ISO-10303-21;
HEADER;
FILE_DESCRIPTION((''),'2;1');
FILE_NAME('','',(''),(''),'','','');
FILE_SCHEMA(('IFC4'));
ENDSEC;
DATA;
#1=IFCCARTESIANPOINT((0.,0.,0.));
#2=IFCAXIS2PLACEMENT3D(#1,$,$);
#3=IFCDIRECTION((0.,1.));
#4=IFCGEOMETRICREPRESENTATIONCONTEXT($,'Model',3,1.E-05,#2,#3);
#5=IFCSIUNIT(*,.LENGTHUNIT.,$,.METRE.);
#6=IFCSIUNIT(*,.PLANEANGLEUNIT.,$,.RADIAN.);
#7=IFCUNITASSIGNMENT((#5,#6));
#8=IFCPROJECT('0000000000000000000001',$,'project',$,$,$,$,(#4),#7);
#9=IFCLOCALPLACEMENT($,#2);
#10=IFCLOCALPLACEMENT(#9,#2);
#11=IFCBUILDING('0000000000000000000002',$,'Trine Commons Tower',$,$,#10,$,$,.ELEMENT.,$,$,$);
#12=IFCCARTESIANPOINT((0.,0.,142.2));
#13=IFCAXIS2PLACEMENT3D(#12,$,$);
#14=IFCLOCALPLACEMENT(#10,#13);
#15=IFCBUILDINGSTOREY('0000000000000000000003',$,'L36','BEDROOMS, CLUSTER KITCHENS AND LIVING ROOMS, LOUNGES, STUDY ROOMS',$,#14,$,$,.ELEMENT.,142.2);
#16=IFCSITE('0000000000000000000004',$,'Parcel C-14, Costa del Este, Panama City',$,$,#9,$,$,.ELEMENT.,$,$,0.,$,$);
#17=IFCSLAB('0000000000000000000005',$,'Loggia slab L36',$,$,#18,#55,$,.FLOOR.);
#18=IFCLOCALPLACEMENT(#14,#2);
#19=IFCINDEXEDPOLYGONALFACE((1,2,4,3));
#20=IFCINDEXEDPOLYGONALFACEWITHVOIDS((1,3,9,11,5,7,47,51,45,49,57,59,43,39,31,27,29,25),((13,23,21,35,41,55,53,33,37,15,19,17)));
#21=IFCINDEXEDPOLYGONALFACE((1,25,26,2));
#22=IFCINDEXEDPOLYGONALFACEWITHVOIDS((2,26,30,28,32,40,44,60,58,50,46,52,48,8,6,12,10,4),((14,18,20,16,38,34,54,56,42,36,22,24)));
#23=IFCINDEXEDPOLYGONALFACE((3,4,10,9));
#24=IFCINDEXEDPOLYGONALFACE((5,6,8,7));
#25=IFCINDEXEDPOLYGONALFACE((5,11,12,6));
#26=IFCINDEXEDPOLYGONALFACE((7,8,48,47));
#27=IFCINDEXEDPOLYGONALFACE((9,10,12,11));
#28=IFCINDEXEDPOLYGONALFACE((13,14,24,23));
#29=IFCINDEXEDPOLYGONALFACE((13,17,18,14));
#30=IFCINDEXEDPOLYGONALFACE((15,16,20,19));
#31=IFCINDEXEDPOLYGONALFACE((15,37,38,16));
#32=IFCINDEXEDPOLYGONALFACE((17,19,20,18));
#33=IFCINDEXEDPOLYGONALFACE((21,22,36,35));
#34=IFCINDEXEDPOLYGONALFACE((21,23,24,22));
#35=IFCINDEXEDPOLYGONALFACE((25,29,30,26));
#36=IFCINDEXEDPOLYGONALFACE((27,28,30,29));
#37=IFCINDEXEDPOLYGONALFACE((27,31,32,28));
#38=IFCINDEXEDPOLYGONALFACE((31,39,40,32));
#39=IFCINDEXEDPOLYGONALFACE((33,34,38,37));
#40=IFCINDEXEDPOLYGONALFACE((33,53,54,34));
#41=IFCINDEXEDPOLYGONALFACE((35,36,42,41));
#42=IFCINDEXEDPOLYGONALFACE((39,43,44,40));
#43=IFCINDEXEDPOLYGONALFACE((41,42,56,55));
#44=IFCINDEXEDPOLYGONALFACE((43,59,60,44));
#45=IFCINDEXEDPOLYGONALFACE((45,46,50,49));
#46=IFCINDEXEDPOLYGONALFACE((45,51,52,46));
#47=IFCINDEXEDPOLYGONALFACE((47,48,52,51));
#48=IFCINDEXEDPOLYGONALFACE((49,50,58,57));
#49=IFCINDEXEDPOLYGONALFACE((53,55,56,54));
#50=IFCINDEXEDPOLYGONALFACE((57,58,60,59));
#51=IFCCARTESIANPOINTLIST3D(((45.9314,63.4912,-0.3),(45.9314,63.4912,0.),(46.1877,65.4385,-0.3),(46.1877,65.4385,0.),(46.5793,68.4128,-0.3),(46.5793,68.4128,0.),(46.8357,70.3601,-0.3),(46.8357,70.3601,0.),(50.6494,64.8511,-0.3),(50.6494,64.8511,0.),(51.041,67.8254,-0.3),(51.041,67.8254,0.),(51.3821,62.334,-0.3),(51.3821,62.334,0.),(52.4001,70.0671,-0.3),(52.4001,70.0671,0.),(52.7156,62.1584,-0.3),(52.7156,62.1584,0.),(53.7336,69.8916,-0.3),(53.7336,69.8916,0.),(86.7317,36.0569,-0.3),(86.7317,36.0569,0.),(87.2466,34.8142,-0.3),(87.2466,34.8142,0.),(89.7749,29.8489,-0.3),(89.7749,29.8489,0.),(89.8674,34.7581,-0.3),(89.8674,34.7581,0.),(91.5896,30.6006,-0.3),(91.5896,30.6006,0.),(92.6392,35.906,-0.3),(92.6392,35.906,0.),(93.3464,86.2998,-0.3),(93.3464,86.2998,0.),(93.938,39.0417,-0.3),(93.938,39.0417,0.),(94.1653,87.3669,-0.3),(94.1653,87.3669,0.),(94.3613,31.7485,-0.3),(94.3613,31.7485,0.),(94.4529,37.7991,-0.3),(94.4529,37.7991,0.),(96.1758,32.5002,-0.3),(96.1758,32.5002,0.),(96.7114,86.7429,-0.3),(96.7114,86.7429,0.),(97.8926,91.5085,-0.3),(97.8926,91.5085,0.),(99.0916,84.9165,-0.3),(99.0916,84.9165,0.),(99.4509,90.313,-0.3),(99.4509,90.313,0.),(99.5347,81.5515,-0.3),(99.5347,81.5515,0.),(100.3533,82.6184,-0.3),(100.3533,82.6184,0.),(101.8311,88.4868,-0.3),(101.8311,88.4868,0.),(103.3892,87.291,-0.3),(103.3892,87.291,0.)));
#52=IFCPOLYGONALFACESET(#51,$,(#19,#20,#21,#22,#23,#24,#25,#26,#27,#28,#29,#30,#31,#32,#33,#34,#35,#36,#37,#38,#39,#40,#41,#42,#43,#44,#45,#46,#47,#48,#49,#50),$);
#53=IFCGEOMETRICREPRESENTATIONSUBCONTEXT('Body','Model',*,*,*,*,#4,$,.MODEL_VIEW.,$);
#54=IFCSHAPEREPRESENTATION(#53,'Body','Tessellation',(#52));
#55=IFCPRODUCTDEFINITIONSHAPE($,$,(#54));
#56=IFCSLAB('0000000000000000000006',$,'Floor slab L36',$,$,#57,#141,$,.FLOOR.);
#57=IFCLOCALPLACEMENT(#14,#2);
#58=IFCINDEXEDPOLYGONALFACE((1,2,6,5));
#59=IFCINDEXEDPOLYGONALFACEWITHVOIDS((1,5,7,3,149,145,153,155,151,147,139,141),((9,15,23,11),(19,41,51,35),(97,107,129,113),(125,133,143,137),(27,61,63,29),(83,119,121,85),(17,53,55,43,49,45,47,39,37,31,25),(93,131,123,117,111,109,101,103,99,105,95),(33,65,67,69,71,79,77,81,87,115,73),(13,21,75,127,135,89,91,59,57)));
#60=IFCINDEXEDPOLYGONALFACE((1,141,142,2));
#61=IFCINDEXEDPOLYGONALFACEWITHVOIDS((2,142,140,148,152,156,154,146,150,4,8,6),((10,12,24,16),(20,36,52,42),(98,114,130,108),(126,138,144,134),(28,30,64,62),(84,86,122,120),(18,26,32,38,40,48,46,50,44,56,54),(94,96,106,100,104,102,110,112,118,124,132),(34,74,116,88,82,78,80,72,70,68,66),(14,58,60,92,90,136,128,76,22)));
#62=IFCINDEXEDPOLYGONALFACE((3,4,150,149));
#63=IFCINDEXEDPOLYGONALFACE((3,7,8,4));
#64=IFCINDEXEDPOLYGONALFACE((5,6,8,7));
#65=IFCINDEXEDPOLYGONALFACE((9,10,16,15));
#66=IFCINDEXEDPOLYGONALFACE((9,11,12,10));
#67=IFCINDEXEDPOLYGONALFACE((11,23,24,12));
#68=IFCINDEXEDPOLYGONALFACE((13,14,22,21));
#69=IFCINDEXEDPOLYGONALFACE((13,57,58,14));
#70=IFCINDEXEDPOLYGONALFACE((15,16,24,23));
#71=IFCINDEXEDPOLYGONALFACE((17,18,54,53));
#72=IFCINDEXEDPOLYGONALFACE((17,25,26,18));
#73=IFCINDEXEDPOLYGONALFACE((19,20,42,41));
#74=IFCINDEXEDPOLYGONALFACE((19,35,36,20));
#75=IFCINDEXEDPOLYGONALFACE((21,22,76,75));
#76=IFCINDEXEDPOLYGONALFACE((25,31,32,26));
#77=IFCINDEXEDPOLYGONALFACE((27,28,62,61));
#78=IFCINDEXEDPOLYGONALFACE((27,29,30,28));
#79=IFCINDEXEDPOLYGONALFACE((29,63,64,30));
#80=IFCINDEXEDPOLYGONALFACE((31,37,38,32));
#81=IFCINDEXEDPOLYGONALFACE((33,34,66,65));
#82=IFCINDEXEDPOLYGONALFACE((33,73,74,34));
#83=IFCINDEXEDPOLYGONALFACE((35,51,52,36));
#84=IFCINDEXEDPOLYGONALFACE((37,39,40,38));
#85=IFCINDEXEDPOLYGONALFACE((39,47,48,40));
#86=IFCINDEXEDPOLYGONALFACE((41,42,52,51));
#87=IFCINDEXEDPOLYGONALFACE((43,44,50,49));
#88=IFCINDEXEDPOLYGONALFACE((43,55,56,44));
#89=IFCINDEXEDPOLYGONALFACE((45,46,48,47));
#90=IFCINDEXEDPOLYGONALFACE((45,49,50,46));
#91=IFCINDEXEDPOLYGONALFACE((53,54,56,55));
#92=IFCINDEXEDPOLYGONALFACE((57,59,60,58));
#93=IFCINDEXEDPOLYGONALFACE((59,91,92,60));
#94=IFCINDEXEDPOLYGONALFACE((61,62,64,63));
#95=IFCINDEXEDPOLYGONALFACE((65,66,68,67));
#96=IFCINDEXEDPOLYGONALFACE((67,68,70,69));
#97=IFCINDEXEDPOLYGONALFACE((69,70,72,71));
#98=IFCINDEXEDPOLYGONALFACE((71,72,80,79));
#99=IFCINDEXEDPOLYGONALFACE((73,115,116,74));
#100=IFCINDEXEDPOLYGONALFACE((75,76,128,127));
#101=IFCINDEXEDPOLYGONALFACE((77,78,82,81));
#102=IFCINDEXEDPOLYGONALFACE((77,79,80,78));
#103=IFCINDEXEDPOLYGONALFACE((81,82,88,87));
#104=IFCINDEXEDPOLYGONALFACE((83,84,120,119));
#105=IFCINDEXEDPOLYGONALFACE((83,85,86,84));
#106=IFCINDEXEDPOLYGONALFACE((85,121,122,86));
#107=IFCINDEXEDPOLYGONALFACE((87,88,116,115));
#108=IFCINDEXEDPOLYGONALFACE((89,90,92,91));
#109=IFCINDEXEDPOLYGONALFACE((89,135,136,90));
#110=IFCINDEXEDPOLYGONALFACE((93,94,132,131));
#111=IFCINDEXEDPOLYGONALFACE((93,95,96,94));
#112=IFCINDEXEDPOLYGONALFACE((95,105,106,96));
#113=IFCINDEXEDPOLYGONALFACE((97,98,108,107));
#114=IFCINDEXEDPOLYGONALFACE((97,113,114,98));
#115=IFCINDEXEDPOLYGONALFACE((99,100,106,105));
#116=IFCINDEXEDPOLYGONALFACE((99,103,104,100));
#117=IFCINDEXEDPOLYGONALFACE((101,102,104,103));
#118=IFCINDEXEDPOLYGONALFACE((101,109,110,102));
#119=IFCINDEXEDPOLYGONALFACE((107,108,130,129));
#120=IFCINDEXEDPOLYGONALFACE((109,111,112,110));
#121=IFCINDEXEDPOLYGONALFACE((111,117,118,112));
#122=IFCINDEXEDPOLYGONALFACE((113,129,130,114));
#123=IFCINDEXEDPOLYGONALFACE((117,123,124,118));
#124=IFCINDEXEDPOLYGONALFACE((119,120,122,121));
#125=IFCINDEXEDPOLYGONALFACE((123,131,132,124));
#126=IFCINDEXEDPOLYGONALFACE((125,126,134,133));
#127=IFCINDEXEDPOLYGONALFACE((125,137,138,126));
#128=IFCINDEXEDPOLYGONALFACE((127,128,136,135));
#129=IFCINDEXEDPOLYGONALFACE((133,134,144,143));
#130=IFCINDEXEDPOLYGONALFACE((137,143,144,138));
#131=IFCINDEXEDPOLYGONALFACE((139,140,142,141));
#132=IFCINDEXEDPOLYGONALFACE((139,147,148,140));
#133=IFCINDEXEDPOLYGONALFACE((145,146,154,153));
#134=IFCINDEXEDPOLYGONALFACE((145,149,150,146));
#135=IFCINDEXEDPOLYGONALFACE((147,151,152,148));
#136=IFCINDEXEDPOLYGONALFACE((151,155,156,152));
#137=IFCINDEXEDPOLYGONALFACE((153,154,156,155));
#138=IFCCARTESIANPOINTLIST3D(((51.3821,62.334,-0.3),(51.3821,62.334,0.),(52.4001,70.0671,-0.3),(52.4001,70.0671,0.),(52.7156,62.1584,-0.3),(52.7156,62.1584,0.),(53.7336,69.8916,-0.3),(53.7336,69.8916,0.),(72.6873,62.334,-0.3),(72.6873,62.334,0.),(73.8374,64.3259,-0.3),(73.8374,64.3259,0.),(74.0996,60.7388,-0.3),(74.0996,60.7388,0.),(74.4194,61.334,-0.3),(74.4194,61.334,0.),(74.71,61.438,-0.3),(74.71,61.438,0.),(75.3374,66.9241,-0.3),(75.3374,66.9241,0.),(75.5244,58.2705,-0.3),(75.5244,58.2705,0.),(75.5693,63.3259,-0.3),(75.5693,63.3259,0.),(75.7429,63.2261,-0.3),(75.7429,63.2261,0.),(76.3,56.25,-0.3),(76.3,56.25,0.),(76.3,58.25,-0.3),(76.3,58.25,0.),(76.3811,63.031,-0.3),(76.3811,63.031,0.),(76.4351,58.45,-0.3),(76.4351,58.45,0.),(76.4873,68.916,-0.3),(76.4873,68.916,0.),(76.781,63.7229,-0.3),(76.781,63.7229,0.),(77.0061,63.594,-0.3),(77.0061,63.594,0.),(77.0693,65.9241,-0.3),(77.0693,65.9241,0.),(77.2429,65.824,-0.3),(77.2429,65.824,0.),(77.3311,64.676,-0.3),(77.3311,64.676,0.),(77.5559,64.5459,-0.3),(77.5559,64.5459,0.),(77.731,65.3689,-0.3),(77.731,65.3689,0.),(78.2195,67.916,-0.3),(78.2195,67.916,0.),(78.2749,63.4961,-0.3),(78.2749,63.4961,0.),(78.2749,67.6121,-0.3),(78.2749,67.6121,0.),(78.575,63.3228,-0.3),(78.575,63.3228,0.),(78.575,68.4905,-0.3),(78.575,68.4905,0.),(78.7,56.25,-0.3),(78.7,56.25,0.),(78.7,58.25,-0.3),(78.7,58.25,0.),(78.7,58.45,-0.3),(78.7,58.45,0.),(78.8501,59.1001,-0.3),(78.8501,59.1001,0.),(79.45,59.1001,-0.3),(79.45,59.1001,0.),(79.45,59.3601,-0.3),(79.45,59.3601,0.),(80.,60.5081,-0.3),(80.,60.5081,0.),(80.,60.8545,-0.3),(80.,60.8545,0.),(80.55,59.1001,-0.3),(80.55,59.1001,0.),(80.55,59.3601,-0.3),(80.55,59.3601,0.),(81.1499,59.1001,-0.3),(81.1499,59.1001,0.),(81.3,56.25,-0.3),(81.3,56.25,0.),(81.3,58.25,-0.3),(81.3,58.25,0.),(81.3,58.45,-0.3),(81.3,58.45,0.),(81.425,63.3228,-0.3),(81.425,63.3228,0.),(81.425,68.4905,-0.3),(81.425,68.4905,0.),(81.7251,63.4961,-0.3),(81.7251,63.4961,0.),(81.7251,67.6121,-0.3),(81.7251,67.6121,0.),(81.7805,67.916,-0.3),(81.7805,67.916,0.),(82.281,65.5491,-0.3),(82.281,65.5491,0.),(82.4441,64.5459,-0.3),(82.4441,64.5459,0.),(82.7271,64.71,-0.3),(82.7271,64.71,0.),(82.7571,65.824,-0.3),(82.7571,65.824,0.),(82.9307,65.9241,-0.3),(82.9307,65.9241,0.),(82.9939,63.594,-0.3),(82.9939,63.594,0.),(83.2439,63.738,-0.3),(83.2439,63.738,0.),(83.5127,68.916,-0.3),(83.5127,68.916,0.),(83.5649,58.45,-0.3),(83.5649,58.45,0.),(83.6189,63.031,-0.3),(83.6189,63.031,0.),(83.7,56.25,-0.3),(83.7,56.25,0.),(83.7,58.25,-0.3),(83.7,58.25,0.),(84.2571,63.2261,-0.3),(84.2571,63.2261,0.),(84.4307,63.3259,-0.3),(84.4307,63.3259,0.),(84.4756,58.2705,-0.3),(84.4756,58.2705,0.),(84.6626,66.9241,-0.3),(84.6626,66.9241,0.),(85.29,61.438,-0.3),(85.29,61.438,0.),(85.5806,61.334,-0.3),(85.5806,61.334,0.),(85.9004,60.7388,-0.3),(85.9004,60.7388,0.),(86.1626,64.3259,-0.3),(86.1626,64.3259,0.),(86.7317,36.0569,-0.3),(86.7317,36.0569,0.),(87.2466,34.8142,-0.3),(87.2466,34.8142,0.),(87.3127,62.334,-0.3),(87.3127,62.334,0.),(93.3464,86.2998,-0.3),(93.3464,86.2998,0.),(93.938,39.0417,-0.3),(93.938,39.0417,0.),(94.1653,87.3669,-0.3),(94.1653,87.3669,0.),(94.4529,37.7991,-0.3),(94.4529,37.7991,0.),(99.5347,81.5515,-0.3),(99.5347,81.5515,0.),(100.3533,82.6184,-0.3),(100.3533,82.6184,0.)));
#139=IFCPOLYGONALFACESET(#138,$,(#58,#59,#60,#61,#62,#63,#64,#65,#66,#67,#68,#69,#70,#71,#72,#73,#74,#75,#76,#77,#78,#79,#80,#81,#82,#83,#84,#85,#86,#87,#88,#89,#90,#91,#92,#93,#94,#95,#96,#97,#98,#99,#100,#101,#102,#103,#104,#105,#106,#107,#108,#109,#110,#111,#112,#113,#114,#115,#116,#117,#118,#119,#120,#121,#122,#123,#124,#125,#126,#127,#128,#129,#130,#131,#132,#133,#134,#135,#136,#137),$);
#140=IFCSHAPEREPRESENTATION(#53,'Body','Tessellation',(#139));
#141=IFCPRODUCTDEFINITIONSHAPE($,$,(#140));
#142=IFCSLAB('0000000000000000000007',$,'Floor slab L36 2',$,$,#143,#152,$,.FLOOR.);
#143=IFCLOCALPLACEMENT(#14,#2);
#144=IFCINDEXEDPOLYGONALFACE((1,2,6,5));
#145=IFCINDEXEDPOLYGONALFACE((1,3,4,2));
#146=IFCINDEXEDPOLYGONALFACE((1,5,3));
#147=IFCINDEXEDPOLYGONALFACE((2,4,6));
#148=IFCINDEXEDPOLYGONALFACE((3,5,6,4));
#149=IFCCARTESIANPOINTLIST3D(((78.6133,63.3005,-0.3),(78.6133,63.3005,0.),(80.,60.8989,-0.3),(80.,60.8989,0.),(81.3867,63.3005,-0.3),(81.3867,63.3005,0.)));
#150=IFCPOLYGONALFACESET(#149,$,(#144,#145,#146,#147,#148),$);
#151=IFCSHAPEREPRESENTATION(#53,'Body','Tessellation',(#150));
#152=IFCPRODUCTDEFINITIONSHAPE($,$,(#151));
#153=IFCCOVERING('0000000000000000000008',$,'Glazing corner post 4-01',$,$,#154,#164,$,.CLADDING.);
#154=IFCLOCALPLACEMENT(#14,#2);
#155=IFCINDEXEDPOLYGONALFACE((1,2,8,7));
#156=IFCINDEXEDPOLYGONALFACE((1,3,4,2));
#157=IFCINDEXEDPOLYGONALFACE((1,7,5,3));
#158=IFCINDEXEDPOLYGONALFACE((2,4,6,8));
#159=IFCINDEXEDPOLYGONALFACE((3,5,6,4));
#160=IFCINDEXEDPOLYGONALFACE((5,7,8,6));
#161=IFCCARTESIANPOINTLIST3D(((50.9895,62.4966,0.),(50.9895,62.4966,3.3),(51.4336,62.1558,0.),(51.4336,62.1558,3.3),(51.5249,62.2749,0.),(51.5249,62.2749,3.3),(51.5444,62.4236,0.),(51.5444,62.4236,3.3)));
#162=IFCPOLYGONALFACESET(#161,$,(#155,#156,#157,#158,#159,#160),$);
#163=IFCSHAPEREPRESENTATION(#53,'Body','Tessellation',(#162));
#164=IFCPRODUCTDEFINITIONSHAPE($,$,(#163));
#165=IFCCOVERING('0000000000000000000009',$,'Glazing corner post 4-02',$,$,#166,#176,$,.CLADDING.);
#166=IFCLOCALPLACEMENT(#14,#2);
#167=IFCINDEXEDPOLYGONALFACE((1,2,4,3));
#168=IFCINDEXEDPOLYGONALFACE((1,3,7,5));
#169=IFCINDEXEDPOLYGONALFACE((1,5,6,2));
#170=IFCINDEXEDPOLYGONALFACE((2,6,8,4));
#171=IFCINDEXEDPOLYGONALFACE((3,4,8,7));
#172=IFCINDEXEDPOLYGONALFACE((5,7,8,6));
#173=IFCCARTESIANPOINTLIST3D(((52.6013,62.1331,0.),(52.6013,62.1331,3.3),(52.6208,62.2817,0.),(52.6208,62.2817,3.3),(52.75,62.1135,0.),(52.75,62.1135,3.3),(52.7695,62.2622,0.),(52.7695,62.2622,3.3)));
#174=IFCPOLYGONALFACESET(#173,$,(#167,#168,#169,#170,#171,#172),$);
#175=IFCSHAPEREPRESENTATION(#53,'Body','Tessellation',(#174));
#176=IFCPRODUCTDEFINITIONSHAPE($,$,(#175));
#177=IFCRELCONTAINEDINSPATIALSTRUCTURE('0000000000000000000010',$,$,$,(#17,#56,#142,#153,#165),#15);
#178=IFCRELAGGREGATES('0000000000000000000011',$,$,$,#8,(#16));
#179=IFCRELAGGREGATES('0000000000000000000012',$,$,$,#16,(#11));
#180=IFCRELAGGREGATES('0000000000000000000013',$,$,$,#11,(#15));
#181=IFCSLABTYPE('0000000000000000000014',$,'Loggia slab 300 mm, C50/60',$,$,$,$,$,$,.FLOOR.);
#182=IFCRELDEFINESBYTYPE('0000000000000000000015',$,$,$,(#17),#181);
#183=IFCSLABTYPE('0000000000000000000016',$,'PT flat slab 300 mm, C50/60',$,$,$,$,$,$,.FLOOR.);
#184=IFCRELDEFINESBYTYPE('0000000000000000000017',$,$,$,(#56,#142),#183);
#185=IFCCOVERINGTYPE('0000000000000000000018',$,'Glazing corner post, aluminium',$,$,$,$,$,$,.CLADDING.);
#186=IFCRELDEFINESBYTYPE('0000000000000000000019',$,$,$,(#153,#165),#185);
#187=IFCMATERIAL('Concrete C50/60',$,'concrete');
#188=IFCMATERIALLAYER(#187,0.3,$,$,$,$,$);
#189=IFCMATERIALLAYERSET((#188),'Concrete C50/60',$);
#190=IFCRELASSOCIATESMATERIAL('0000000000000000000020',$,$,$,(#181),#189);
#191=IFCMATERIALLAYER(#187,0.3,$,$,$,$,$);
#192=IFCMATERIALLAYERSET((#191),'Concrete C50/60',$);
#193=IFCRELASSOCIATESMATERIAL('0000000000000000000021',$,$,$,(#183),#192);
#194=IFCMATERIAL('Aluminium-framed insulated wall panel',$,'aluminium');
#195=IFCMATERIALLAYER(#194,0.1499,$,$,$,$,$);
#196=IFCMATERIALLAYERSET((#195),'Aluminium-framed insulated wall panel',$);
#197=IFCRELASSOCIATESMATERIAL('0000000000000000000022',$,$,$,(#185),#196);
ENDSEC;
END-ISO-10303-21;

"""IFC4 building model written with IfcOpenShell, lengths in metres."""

from ifc_helpers import new_model, si_unit, direction, frame, origin, place, context, subcontext, project, spatial, polyline, outline, extrude, material, layer, layer_set, type_object, element, save


model = new_model("IFC4")

# Units and contexts
model_context = context("Model", 3, precision=1e-05, world=origin(), true_north=direction((0.0, 1.0)))
body_context = subcontext(model_context, "Body", "Model", "MODEL_VIEW")
ifc_project = project(units=[si_unit("LENGTHUNIT", "METRE"), si_unit("PLANEANGLEUNIT", "RADIAN")], contexts=[model_context])

# Site, building, storey
site_placement = place(None, origin())
site = spatial("IfcSite", under=ifc_project, at=site_placement, Name="Parcel C-14, Costa del Este, Panama City", CompositionType="ELEMENT", RefElevation=0.0)
building_placement = place(site_placement, origin())
building = spatial("IfcBuilding", under=site, at=building_placement, Name="Trine Commons Tower", CompositionType="ELEMENT")
storey_placement = place(building_placement, frame((0.0, 0.0, 142.2)))
storey = spatial("IfcBuildingStorey", under=building, at=storey_placement, Name="L36", Description="BEDROOMS, CLUSTER KITCHENS AND LIVING ROOMS, LOUNGES, STUDY ROOMS", CompositionType="ELEMENT", Elevation=142.2)

# Slabs
ifc_material_1 = material(Name="Concrete C50/60", Category="concrete")
ifc_layer_1 = layer(ifc_material_1, 0.3)
ifc_layer_set_1 = layer_set([ifc_layer_1], Name="Concrete C50/60")
slab_type_1 = type_object("IfcSlabType", Name="Loggia slab 300 mm, C50/60", PredefinedType="FLOOR", material=ifc_layer_set_1)
slab_1_placement = place(storey_placement, frame((0.0, 0.0, -0.3)))
element("IfcSlab", 1, at=slab_1_placement, inside=storey, type_object=slab_type_1, Name="Loggia slab L36", PredefinedType="FLOOR", context=body_context, shape_type="SweptSolid", body=[
    extrude(outline(polyline([(96.1758, 32.5002), (103.3892, 87.291), (101.8311, 88.4868), (99.0916, 84.9165), (96.7114, 86.7429), (99.4509, 90.313), (97.8926, 91.5085), (46.8357, 70.3601), (46.5793, 68.4128), (51.041, 67.8254), (50.6494, 64.8511), (46.1877, 65.4385), (45.9314, 63.4912), (89.7749, 29.8489), (91.5896, 30.6006), (89.8674, 34.7581), (92.6392, 35.906), (94.3613, 31.7485), (96.1758, 32.5002)]), holes=[polyline([(87.2466, 34.8142), (86.7317, 36.0569), (93.938, 39.0417), (94.4529, 37.7991), (100.3533, 82.6184), (99.5347, 81.5515), (93.3464, 86.2998), (94.1653, 87.3669), (52.4001, 70.0671), (53.7336, 69.8916), (52.7156, 62.1584), (51.3821, 62.334), (87.2466, 34.8142)])]), origin(), (0.0, 0.0, 1.0), 0.3),
])
ifc_layer_2 = layer(ifc_material_1, 0.3)
ifc_layer_set_2 = layer_set([ifc_layer_2], Name="Concrete C50/60")
slab_type_2 = type_object("IfcSlabType", Name="PT flat slab 300 mm, C50/60", PredefinedType="FLOOR", material=ifc_layer_set_2)
slab_2_placement = place(storey_placement, frame((0.0, 0.0, -0.3)))
element("IfcSlab", 2, at=slab_2_placement, inside=storey, type_object=slab_type_2, Name="Floor slab L36", PredefinedType="FLOOR", context=body_context, shape_type="SweptSolid", body=[
    extrude(outline(polyline([(51.3821, 62.334), (87.2466, 34.8142), (86.7317, 36.0569), (93.938, 39.0417), (94.4529, 37.7991), (100.3533, 82.6184), (99.5347, 81.5515), (93.3464, 86.2998), (94.1653, 87.3669), (52.4001, 70.0671), (53.7336, 69.8916), (52.7156, 62.1584), (51.3821, 62.334)]), holes=[polyline([(78.7, 56.25), (78.7, 58.25), (76.3, 58.25), (76.3, 56.25), (78.7, 56.25)]), polyline([(80.0, 60.8545), (84.4756, 58.2705), (85.9004, 60.7388), (81.425, 63.3228), (81.425, 68.4905), (78.575, 68.4905), (78.575, 63.3228), (74.0996, 60.7388), (75.5244, 58.2705), (80.0, 60.8545)]), polyline([(73.8374, 64.3259), (72.6873, 62.334), (74.4194, 61.334), (75.5693, 63.3259), (73.8374, 64.3259)]), polyline([(76.3811, 63.031), (75.7429, 63.2261), (74.71, 61.438), (78.2749, 63.4961), (78.2749, 67.6121), (77.2429, 65.824), (77.731, 65.3689), (77.3311, 64.676), (77.5559, 64.5459), (77.0061, 63.594), (76.781, 63.7229), (76.3811, 63.031)]), polyline([(76.4873, 68.916), (75.3374, 66.9241), (77.0693, 65.9241), (78.2195, 67.916), (76.4873, 68.916)]), polyline([(83.7, 56.25), (83.7, 58.25), (81.3, 58.25), (81.3, 56.25), (83.7, 56.25)]), polyline([(81.1499, 59.1001), (81.3, 58.45), (83.5649, 58.45), (80.0, 60.5081), (76.4351, 58.45), (78.7, 58.45), (78.8501, 59.1001), (79.45, 59.1001), (79.45, 59.3601), (80.55, 59.3601), (80.55, 59.1001), (81.1499, 59.1001)]), polyline([(86.1626, 64.3259), (84.4307, 63.3259), (85.5806, 61.334), (87.3127, 62.334), (86.1626, 64.3259)]), polyline([(83.2439, 63.738), (82.9939, 63.594), (82.4441, 64.5459), (82.7271, 64.71), (82.281, 65.5491), (82.7571, 65.824), (81.7251, 67.6121), (81.7251, 63.4961), (85.29, 61.438), (84.2571, 63.2261), (83.6189, 63.031), (83.2439, 63.738)]), polyline([(84.6626, 66.9241), (83.5127, 68.916), (81.7805, 67.916), (82.9307, 65.9241), (84.6626, 66.9241)])]), origin(), (0.0, 0.0, 1.0), 0.3),
])
slab_3_placement = place(storey_placement, frame((0.0, 0.0, -0.3)))
element("IfcSlab", 3, at=slab_3_placement, inside=storey, type_object=slab_type_2, Name="Floor slab L36 2", PredefinedType="FLOOR", context=body_context, shape_type="SweptSolid", body=[
    extrude(outline(polyline([(78.6133, 63.3005), (80.0, 60.8989), (81.3867, 63.3005), (78.6133, 63.3005)])), origin(), (0.0, 0.0, 1.0), 0.3),
])

# Coverings
ifc_material_2 = material(Name="Aluminium-framed insulated wall panel", Category="aluminium")
ifc_layer_3 = layer(ifc_material_2, 0.1499)
ifc_layer_set_3 = layer_set([ifc_layer_3], Name="Aluminium-framed insulated wall panel")
covering_type_1 = type_object("IfcCoveringType", Name="Glazing corner post, aluminium", PredefinedType="CLADDING", material=ifc_layer_set_3)
covering_1_placement = place(storey_placement, origin())
element("IfcCovering", 4, at=covering_1_placement, inside=storey, type_object=covering_type_1, Name="Glazing corner post 4-01", PredefinedType="CLADDING", context=body_context, shape_type="SweptSolid", body=[
    extrude(outline(polyline([(51.4336, 62.1558), (51.5249, 62.2749), (51.5444, 62.4236), (50.9895, 62.4966), (51.4336, 62.1558)])), origin(), (0.0, 0.0, 1.0), 3.3),
])
covering_2_placement = place(storey_placement, origin())
element("IfcCovering", 5, at=covering_2_placement, inside=storey, type_object=covering_type_1, Name="Glazing corner post 4-02", PredefinedType="CLADDING", context=body_context, shape_type="SweptSolid", body=[
    extrude(outline(polyline([(52.6013, 62.1331), (52.75, 62.1135), (52.7695, 62.2622), (52.6208, 62.2817), (52.6013, 62.1331)])), origin(), (0.0, 0.0, 1.0), 3.3),
])

save(model, "model.ifc")
